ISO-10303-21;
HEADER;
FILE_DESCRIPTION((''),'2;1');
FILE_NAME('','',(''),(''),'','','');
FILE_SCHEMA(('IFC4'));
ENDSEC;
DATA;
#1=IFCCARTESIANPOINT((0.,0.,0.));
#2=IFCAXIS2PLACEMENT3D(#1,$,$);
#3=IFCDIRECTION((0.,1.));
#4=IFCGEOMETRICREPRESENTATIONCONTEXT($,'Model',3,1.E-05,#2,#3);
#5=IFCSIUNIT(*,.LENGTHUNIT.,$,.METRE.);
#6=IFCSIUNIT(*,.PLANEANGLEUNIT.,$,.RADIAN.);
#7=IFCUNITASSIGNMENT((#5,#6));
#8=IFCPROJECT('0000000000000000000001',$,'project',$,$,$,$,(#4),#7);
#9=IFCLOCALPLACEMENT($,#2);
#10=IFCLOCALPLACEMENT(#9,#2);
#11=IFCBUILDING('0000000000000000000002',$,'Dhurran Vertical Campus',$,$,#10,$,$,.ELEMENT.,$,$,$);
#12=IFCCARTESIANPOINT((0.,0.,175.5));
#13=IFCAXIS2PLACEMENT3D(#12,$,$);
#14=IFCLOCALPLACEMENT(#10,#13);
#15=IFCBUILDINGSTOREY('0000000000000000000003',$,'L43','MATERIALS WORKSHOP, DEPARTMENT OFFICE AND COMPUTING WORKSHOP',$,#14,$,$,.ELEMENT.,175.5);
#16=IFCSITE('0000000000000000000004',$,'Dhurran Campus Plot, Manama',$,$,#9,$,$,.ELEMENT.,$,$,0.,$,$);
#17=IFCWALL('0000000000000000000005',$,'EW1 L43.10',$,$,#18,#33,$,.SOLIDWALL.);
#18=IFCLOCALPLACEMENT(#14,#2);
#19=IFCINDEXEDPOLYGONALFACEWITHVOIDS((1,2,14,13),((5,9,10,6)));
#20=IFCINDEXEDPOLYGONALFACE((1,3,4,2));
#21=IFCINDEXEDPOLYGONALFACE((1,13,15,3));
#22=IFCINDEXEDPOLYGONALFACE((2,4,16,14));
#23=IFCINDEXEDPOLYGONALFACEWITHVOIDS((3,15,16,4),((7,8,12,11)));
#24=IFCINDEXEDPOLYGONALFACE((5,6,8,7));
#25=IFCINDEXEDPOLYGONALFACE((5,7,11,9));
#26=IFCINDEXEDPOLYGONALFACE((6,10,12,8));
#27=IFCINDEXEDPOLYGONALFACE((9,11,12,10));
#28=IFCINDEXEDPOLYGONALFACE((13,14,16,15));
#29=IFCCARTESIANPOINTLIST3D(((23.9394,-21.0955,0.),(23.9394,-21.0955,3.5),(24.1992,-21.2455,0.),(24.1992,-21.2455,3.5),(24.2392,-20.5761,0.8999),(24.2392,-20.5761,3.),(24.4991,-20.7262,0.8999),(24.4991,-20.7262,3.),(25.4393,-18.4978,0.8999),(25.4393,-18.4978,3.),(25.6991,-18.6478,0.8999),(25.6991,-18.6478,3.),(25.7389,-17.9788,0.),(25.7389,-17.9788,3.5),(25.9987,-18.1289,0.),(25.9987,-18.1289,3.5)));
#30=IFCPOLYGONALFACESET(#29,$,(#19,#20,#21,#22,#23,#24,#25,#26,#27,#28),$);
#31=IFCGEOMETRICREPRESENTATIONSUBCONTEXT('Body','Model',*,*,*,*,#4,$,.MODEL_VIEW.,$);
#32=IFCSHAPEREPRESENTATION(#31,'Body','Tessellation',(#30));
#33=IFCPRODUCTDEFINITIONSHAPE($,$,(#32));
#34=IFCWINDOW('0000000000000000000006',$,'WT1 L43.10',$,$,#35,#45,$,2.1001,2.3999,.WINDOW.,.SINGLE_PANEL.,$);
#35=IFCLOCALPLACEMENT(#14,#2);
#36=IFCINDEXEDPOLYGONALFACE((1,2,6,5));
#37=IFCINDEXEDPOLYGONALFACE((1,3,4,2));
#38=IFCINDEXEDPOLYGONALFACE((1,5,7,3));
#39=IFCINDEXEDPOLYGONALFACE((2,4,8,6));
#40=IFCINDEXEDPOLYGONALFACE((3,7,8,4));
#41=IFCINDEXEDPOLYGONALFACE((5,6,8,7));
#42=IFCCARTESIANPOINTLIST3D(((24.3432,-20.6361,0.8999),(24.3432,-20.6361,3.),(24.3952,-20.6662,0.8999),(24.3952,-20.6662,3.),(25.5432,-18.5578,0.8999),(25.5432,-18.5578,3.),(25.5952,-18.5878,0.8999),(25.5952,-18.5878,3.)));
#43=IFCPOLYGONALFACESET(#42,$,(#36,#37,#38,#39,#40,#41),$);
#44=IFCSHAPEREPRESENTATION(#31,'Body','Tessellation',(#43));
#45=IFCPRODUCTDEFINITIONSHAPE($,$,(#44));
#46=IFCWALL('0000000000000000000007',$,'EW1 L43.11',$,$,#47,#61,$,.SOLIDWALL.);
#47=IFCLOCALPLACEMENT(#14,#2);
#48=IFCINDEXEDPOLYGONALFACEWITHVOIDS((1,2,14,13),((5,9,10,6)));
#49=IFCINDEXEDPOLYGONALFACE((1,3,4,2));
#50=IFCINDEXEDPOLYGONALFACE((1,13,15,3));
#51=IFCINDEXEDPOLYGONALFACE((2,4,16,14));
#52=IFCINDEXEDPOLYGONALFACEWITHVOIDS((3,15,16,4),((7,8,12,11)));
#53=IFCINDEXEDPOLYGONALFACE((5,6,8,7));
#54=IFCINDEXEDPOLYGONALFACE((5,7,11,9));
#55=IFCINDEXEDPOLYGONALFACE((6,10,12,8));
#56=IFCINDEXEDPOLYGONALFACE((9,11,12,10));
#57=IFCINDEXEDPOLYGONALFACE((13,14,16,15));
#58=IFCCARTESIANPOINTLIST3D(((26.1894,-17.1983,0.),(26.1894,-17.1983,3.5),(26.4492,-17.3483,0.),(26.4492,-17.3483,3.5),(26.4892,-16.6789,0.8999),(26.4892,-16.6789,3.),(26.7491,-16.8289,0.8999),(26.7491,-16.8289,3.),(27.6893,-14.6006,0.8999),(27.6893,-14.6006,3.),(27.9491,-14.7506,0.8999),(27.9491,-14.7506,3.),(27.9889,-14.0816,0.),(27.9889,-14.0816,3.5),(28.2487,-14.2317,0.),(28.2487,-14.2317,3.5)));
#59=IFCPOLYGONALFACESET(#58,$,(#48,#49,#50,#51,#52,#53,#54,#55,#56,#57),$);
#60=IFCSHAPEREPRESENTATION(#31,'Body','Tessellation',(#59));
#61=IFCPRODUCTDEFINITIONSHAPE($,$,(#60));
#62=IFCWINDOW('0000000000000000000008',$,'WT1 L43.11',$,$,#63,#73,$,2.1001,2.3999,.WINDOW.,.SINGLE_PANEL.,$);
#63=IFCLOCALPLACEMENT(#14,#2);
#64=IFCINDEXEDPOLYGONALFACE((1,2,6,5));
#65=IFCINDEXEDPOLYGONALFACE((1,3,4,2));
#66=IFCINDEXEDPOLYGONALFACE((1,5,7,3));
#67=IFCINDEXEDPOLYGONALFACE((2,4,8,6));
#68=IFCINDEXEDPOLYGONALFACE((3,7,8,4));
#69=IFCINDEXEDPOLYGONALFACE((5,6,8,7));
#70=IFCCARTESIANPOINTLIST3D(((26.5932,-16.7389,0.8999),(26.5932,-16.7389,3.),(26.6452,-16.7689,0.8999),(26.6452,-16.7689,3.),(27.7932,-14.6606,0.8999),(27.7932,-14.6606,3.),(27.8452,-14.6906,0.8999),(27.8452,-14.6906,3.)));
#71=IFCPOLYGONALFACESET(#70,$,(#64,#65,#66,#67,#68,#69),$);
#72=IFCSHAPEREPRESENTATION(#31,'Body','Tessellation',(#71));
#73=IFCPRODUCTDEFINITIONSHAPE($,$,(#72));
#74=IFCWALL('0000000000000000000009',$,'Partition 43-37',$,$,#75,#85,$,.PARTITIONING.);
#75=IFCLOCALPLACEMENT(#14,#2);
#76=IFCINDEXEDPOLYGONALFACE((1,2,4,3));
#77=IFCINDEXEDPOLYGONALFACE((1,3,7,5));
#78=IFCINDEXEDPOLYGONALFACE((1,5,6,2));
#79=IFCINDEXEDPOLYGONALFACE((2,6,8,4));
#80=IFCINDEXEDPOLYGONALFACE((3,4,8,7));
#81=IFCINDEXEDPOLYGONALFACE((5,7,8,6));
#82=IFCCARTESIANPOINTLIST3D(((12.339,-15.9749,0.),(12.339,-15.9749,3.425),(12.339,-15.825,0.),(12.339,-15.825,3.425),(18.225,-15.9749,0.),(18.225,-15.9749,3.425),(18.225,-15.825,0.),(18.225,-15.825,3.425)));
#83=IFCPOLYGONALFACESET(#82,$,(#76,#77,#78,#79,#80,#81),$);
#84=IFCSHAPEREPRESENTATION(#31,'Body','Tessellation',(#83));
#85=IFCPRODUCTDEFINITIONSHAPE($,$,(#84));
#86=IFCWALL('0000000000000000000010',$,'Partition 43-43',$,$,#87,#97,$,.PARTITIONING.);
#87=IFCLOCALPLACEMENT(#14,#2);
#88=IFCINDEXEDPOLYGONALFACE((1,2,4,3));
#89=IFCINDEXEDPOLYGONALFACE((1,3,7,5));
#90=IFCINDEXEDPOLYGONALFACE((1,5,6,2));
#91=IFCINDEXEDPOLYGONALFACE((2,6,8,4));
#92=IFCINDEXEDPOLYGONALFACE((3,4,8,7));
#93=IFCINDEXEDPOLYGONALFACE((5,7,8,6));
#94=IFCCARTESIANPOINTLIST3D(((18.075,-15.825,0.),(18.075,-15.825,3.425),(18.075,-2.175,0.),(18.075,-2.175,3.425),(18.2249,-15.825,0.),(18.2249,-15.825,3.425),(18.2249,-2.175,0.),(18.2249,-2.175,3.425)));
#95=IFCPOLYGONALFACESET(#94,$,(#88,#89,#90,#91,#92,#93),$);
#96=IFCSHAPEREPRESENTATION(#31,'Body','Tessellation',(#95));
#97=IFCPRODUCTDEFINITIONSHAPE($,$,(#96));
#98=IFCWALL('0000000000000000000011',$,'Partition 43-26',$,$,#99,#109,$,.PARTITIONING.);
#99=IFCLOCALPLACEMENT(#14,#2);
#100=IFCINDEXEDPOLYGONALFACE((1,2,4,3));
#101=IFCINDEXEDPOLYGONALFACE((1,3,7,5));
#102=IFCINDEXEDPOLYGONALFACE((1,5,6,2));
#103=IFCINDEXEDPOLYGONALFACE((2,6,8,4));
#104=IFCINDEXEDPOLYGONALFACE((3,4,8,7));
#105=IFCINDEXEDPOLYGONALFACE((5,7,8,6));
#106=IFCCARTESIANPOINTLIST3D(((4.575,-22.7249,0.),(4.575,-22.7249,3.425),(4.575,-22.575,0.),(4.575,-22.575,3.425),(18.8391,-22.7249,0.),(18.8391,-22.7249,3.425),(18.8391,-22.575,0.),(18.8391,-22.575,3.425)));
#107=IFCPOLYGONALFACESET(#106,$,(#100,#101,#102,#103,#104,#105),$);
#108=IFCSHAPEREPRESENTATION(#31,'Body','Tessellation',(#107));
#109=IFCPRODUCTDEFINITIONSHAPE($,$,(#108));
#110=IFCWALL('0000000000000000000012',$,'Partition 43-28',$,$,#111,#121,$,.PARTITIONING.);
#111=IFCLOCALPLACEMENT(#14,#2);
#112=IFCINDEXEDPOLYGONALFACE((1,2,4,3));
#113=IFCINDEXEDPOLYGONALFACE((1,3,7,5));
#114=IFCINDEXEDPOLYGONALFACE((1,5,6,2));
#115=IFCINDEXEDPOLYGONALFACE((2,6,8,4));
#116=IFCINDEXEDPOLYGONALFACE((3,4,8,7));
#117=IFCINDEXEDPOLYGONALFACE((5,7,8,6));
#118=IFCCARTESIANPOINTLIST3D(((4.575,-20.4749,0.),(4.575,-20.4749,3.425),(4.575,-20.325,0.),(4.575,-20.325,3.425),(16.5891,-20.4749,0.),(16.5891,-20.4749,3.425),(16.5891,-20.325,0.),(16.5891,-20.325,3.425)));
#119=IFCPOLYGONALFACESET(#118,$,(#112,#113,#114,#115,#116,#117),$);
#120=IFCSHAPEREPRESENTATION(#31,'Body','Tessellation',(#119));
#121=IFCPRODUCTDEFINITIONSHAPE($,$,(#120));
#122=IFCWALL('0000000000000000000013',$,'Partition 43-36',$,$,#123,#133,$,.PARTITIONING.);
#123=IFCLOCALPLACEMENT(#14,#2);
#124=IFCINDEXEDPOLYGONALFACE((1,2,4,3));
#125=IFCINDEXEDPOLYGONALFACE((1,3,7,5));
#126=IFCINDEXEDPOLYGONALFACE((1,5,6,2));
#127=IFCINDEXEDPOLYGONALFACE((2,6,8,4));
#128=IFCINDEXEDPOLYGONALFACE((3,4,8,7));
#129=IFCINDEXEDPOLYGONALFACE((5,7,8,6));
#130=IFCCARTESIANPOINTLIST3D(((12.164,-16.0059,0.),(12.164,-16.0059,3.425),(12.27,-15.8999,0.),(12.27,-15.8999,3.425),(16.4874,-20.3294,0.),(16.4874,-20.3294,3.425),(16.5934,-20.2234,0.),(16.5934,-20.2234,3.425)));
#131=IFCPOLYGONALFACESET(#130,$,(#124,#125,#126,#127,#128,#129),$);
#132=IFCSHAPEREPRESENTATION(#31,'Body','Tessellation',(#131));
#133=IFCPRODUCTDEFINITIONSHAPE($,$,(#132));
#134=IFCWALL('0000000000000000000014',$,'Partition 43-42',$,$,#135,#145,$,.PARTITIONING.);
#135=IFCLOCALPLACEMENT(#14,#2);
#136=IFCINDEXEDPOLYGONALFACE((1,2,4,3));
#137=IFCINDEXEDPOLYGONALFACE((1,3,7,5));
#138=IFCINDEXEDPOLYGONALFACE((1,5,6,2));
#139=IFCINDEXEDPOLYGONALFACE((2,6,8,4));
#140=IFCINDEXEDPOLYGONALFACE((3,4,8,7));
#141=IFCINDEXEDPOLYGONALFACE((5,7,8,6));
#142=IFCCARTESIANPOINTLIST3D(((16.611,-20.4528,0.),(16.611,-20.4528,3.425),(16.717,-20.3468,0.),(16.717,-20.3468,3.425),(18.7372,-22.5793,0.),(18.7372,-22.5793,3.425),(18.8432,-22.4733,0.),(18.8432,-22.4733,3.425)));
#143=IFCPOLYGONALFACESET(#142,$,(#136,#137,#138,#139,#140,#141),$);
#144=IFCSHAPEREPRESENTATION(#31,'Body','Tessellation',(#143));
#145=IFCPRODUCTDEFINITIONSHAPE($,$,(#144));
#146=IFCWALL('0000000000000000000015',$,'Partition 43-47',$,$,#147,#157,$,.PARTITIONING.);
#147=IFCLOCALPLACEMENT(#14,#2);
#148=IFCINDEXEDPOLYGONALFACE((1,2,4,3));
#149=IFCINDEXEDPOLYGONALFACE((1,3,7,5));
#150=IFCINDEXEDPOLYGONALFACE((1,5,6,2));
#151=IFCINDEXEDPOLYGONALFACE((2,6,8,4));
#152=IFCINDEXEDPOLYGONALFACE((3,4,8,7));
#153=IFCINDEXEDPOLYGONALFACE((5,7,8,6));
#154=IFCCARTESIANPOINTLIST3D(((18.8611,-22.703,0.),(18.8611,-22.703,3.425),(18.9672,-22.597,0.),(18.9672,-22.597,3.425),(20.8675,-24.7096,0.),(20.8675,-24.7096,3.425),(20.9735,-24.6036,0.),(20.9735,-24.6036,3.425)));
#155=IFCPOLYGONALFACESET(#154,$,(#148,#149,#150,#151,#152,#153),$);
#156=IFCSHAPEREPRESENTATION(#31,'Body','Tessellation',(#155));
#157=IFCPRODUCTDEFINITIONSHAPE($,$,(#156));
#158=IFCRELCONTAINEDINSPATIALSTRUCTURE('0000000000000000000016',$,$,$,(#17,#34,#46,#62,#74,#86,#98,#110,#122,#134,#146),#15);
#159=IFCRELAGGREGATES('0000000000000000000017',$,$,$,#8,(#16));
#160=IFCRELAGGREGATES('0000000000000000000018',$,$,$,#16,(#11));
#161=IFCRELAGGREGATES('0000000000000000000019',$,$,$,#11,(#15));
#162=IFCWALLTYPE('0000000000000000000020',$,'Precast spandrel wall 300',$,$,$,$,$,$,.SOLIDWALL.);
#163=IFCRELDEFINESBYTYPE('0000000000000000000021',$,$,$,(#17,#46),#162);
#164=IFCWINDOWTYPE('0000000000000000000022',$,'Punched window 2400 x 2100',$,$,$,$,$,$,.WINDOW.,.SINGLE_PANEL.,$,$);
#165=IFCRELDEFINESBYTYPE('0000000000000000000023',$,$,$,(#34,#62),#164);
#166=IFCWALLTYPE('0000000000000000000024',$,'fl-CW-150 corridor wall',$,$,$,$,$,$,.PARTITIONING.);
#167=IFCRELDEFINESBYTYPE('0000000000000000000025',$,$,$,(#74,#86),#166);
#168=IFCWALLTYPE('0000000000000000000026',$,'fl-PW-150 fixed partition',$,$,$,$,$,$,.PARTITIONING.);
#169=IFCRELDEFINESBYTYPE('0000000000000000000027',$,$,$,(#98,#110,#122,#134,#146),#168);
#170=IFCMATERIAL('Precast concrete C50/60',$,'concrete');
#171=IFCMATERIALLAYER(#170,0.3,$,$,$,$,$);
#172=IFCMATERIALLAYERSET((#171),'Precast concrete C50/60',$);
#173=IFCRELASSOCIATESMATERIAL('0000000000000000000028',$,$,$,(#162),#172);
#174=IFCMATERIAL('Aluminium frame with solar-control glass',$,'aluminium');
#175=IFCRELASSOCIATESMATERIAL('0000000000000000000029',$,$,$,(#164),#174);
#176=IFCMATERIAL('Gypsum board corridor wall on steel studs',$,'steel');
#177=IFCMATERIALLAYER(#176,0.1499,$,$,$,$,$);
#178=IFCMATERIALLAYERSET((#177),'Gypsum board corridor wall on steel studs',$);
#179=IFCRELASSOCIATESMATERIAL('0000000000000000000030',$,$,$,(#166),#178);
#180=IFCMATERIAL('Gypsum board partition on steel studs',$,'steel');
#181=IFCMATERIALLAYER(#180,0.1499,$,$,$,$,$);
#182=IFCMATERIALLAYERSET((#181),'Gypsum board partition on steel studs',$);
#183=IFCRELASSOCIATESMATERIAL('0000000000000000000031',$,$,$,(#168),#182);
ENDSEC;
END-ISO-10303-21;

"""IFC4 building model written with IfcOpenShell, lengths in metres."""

from ifc_helpers import new_model, si_unit, direction, frame, frame_2d, origin, place, context, subcontext, project, spatial, rectangle, extrude, material, layer, layer_set, type_object, element, fill, save


model = new_model("IFC4")

# Units and contexts
model_context = context("Model", 3, precision=1e-05, world=origin(), true_north=direction((0.0, 1.0)))
body_context = subcontext(model_context, "Body", "Model", "MODEL_VIEW")
ifc_project = project(units=[si_unit("LENGTHUNIT", "METRE"), si_unit("PLANEANGLEUNIT", "RADIAN")], contexts=[model_context])

# Site, building, storey
site_placement = place(None, origin())
site = spatial("IfcSite", under=ifc_project, at=site_placement, Name="Dhurran Campus Plot, Manama", CompositionType="ELEMENT", RefElevation=0.0)
building_placement = place(site_placement, origin())
building = spatial("IfcBuilding", under=site, at=building_placement, Name="Dhurran Vertical Campus", CompositionType="ELEMENT")
storey_placement = place(building_placement, frame((0.0, 0.0, 175.5)))
storey = spatial("IfcBuildingStorey", under=building, at=storey_placement, Name="L43", Description="MATERIALS WORKSHOP, DEPARTMENT OFFICE AND COMPUTING WORKSHOP", CompositionType="ELEMENT", Elevation=175.5)

# Walls, openings, windows
ifc_material_1 = material(Name="Precast concrete C50/60", Category="concrete")
ifc_layer_1 = layer(ifc_material_1, 0.3)
ifc_layer_set_1 = layer_set([ifc_layer_1], Name="Precast concrete C50/60")
wall_type_1 = type_object("IfcWallType", Name="Precast spandrel wall 300", PredefinedType="SOLIDWALL", material=ifc_layer_set_1)
ifc_material_2 = material(Name="Aluminium frame with solar-control glass", Category="aluminium")
window_type = type_object("IfcWindowType", Name="Punched window 2400 x 2100", PartitioningType="SINGLE_PANEL", PredefinedType="WINDOW", material=ifc_material_2)
wall_1_placement = place(storey_placement, frame((24.0693, -21.1704, 0.0), z_axis=(0.0, 0.0, 1.0), x_axis=(0.500028, 0.866009, 0.0)))
wall_1 = element("IfcWall", 1, at=wall_1_placement, inside=storey, type_object=wall_type_1, Name="EW1 L43.10", PredefinedType="SOLIDWALL", context=body_context, shape_type="SweptSolid", body=[
    extrude(rectangle(XDim=3.5989, YDim=0.3, at=frame_2d((1.7993, 0.0))), origin(), (0.0, 0.0, 1.0), 3.5),
])
opening_1_placement = place(wall_1_placement, frame((0.5996, 0.0, 0.8999)))
opening_1 = element("IfcOpeningElement", 2, at=opening_1_placement, cuts=wall_1, PredefinedType="OPENING", context=body_context, shape_type="SweptSolid", body=[
    extrude(rectangle(XDim=2.3999, YDim=2.1001, at=frame_2d((1.2, 1.05))), frame((0.0, 0.1599, 0.0), z_axis=(0.0, -1.0, 0.0), x_axis=(1.0, 0.0, 0.0)), (0.0, 0.0, 1.0), 0.3201),
])
window_1_placement = place(opening_1_placement, origin())
window_1 = element("IfcWindow", 3, at=window_1_placement, inside=storey, type_object=window_type, Name="WT1 L43.10", OverallHeight=2.1001, OverallWidth=2.3999, PartitioningType="SINGLE_PANEL", PredefinedType="WINDOW", context=body_context, shape_type="SweptSolid", body=[
    extrude(rectangle(XDim=2.3999, YDim=2.1001, at=frame_2d((1.2, 1.05))), frame((0.0, 0.03, 0.0), z_axis=(0.0, -1.0, 0.0), x_axis=(1.0, 0.0, 0.0)), (0.0, 0.0, 1.0), 0.0601),
])
fill(opening_1, window_1)
wall_2_placement = place(storey_placement, frame((26.3193, -17.2732, 0.0), z_axis=(0.0, 0.0, 1.0), x_axis=(0.500028, 0.866009, 0.0)))
wall_2 = element("IfcWall", 4, at=wall_2_placement, inside=storey, type_object=wall_type_1, Name="EW1 L43.11", PredefinedType="SOLIDWALL", context=body_context, shape_type="SweptSolid", body=[
    extrude(rectangle(XDim=3.5989, YDim=0.3, at=frame_2d((1.7993, 0.0))), origin(), (0.0, 0.0, 1.0), 3.5),
])
opening_2_placement = place(wall_2_placement, frame((0.5996, 0.0, 0.8999)))
opening_2 = element("IfcOpeningElement", 5, at=opening_2_placement, cuts=wall_2, PredefinedType="OPENING", context=body_context, shape_type="SweptSolid", body=[
    extrude(rectangle(XDim=2.3999, YDim=2.1001, at=frame_2d((1.2, 1.05))), frame((0.0, 0.1599, 0.0), z_axis=(0.0, -1.0, 0.0), x_axis=(1.0, 0.0, 0.0)), (0.0, 0.0, 1.0), 0.3201),
])
window_2_placement = place(opening_2_placement, origin())
window_2 = element("IfcWindow", 6, at=window_2_placement, inside=storey, type_object=window_type, Name="WT1 L43.11", OverallHeight=2.1001, OverallWidth=2.3999, PartitioningType="SINGLE_PANEL", PredefinedType="WINDOW", context=body_context, shape_type="SweptSolid", body=[
    extrude(rectangle(XDim=2.3999, YDim=2.1001, at=frame_2d((1.2, 1.05))), frame((0.0, 0.03, 0.0), z_axis=(0.0, -1.0, 0.0), x_axis=(1.0, 0.0, 0.0)), (0.0, 0.0, 1.0), 0.0601),
])
fill(opening_2, window_2)

# Walls
ifc_material_3 = material(Name="Gypsum board corridor wall on steel studs", Category="steel")
ifc_layer_2 = layer(ifc_material_3, 0.1499)
ifc_layer_set_2 = layer_set([ifc_layer_2], Name="Gypsum board corridor wall on steel studs")
wall_type_2 = type_object("IfcWallType", Name="fl-CW-150 corridor wall", PredefinedType="PARTITIONING", material=ifc_layer_set_2)
wall_3_placement = place(storey_placement, frame((12.3391, -15.8999, 0.0), z_axis=(0.0, 0.0, 1.0), x_axis=(1.0, 0.0, 0.0)))
element("IfcWall", 7, at=wall_3_placement, inside=storey, type_object=wall_type_2, Name="Partition 43-37", PredefinedType="PARTITIONING", context=body_context, shape_type="SweptSolid", body=[
    extrude(rectangle(XDim=5.886, YDim=0.1499, at=frame_2d((2.9429, 0.0))), origin(), (0.0, 0.0, 1.0), 3.425),
])
wall_4_placement = place(storey_placement, frame((18.1499, -15.825, 0.0), z_axis=(0.0, 0.0, 1.0), x_axis=(0.0, 1.0, 0.0)))
element("IfcWall", 8, at=wall_4_placement, inside=storey, type_object=wall_type_2, Name="Partition 43-43", PredefinedType="PARTITIONING", context=body_context, shape_type="SweptSolid", body=[
    extrude(rectangle(XDim=13.6499, YDim=0.1499, at=frame_2d((6.825, 0.0))), origin(), (0.0, 0.0, 1.0), 3.425),
])
ifc_material_4 = material(Name="Gypsum board partition on steel studs", Category="steel")
ifc_layer_3 = layer(ifc_material_4, 0.1499)
ifc_layer_set_3 = layer_set([ifc_layer_3], Name="Gypsum board partition on steel studs")
wall_type_3 = type_object("IfcWallType", Name="fl-PW-150 fixed partition", PredefinedType="PARTITIONING", material=ifc_layer_set_3)
wall_5_placement = place(storey_placement, frame((18.8391, -22.6499, 0.0), z_axis=(0.0, 0.0, 1.0), x_axis=(-1.0, 0.0, 0.0)))
element("IfcWall", 9, at=wall_5_placement, inside=storey, type_object=wall_type_3, Name="Partition 43-26", PredefinedType="PARTITIONING", context=body_context, shape_type="SweptSolid", body=[
    extrude(rectangle(XDim=14.2642, YDim=0.1499, at=frame_2d((7.1321, 0.0))), origin(), (0.0, 0.0, 1.0), 3.425),
])
wall_6_placement = place(storey_placement, frame((16.5891, -20.3999, 0.0), z_axis=(0.0, 0.0, 1.0), x_axis=(-1.0, 0.0, 0.0)))
element("IfcWall", 10, at=wall_6_placement, inside=storey, type_object=wall_type_3, Name="Partition 43-28", PredefinedType="PARTITIONING", context=body_context, shape_type="SweptSolid", body=[
    extrude(rectangle(XDim=12.0142, YDim=0.1499, at=frame_2d((6.0071, 0.0))), origin(), (0.0, 0.0, 1.0), 3.425),
])
wall_7_placement = place(storey_placement, frame((12.217, -15.9529, 0.0), z_axis=(0.0, 0.0, 1.0), x_axis=(0.707087, -0.707127, 0.0)))
element("IfcWall", 11, at=wall_7_placement, inside=storey, type_object=wall_type_3, Name="Partition 43-36", PredefinedType="PARTITIONING", context=body_context, shape_type="SweptSolid", body=[
    extrude(rectangle(XDim=6.1143, YDim=0.1499, at=frame_2d((3.0571, 0.0))), origin(), (0.0, 0.0, 1.0), 3.425),
])
wall_8_placement = place(storey_placement, frame((16.6641, -20.3999, 0.0), z_axis=(0.0, 0.0, 1.0), x_axis=(0.707066, -0.707147, 0.0)))
element("IfcWall", 12, at=wall_8_placement, inside=storey, type_object=wall_type_3, Name="Partition 43-42", PredefinedType="PARTITIONING", context=body_context, shape_type="SweptSolid", body=[
    extrude(rectangle(XDim=3.0071, YDim=0.1499, at=frame_2d((1.5034, 0.0))), origin(), (0.0, 0.0, 1.0), 3.425),
])
wall_9_placement = place(storey_placement, frame((18.9141, -22.6499, 0.0), z_axis=(0.0, 0.0, 1.0), x_axis=(0.707064, -0.70715, 0.0)))
element("IfcWall", 13, at=wall_9_placement, inside=storey, type_object=wall_type_3, Name="Partition 43-47", PredefinedType="PARTITIONING", context=body_context, shape_type="SweptSolid", body=[
    extrude(rectangle(XDim=2.8376, YDim=0.1499, at=frame_2d((1.4189, 0.0))), origin(), (0.0, 0.0, 1.0), 3.425),
])

save(model, "model.ifc")
